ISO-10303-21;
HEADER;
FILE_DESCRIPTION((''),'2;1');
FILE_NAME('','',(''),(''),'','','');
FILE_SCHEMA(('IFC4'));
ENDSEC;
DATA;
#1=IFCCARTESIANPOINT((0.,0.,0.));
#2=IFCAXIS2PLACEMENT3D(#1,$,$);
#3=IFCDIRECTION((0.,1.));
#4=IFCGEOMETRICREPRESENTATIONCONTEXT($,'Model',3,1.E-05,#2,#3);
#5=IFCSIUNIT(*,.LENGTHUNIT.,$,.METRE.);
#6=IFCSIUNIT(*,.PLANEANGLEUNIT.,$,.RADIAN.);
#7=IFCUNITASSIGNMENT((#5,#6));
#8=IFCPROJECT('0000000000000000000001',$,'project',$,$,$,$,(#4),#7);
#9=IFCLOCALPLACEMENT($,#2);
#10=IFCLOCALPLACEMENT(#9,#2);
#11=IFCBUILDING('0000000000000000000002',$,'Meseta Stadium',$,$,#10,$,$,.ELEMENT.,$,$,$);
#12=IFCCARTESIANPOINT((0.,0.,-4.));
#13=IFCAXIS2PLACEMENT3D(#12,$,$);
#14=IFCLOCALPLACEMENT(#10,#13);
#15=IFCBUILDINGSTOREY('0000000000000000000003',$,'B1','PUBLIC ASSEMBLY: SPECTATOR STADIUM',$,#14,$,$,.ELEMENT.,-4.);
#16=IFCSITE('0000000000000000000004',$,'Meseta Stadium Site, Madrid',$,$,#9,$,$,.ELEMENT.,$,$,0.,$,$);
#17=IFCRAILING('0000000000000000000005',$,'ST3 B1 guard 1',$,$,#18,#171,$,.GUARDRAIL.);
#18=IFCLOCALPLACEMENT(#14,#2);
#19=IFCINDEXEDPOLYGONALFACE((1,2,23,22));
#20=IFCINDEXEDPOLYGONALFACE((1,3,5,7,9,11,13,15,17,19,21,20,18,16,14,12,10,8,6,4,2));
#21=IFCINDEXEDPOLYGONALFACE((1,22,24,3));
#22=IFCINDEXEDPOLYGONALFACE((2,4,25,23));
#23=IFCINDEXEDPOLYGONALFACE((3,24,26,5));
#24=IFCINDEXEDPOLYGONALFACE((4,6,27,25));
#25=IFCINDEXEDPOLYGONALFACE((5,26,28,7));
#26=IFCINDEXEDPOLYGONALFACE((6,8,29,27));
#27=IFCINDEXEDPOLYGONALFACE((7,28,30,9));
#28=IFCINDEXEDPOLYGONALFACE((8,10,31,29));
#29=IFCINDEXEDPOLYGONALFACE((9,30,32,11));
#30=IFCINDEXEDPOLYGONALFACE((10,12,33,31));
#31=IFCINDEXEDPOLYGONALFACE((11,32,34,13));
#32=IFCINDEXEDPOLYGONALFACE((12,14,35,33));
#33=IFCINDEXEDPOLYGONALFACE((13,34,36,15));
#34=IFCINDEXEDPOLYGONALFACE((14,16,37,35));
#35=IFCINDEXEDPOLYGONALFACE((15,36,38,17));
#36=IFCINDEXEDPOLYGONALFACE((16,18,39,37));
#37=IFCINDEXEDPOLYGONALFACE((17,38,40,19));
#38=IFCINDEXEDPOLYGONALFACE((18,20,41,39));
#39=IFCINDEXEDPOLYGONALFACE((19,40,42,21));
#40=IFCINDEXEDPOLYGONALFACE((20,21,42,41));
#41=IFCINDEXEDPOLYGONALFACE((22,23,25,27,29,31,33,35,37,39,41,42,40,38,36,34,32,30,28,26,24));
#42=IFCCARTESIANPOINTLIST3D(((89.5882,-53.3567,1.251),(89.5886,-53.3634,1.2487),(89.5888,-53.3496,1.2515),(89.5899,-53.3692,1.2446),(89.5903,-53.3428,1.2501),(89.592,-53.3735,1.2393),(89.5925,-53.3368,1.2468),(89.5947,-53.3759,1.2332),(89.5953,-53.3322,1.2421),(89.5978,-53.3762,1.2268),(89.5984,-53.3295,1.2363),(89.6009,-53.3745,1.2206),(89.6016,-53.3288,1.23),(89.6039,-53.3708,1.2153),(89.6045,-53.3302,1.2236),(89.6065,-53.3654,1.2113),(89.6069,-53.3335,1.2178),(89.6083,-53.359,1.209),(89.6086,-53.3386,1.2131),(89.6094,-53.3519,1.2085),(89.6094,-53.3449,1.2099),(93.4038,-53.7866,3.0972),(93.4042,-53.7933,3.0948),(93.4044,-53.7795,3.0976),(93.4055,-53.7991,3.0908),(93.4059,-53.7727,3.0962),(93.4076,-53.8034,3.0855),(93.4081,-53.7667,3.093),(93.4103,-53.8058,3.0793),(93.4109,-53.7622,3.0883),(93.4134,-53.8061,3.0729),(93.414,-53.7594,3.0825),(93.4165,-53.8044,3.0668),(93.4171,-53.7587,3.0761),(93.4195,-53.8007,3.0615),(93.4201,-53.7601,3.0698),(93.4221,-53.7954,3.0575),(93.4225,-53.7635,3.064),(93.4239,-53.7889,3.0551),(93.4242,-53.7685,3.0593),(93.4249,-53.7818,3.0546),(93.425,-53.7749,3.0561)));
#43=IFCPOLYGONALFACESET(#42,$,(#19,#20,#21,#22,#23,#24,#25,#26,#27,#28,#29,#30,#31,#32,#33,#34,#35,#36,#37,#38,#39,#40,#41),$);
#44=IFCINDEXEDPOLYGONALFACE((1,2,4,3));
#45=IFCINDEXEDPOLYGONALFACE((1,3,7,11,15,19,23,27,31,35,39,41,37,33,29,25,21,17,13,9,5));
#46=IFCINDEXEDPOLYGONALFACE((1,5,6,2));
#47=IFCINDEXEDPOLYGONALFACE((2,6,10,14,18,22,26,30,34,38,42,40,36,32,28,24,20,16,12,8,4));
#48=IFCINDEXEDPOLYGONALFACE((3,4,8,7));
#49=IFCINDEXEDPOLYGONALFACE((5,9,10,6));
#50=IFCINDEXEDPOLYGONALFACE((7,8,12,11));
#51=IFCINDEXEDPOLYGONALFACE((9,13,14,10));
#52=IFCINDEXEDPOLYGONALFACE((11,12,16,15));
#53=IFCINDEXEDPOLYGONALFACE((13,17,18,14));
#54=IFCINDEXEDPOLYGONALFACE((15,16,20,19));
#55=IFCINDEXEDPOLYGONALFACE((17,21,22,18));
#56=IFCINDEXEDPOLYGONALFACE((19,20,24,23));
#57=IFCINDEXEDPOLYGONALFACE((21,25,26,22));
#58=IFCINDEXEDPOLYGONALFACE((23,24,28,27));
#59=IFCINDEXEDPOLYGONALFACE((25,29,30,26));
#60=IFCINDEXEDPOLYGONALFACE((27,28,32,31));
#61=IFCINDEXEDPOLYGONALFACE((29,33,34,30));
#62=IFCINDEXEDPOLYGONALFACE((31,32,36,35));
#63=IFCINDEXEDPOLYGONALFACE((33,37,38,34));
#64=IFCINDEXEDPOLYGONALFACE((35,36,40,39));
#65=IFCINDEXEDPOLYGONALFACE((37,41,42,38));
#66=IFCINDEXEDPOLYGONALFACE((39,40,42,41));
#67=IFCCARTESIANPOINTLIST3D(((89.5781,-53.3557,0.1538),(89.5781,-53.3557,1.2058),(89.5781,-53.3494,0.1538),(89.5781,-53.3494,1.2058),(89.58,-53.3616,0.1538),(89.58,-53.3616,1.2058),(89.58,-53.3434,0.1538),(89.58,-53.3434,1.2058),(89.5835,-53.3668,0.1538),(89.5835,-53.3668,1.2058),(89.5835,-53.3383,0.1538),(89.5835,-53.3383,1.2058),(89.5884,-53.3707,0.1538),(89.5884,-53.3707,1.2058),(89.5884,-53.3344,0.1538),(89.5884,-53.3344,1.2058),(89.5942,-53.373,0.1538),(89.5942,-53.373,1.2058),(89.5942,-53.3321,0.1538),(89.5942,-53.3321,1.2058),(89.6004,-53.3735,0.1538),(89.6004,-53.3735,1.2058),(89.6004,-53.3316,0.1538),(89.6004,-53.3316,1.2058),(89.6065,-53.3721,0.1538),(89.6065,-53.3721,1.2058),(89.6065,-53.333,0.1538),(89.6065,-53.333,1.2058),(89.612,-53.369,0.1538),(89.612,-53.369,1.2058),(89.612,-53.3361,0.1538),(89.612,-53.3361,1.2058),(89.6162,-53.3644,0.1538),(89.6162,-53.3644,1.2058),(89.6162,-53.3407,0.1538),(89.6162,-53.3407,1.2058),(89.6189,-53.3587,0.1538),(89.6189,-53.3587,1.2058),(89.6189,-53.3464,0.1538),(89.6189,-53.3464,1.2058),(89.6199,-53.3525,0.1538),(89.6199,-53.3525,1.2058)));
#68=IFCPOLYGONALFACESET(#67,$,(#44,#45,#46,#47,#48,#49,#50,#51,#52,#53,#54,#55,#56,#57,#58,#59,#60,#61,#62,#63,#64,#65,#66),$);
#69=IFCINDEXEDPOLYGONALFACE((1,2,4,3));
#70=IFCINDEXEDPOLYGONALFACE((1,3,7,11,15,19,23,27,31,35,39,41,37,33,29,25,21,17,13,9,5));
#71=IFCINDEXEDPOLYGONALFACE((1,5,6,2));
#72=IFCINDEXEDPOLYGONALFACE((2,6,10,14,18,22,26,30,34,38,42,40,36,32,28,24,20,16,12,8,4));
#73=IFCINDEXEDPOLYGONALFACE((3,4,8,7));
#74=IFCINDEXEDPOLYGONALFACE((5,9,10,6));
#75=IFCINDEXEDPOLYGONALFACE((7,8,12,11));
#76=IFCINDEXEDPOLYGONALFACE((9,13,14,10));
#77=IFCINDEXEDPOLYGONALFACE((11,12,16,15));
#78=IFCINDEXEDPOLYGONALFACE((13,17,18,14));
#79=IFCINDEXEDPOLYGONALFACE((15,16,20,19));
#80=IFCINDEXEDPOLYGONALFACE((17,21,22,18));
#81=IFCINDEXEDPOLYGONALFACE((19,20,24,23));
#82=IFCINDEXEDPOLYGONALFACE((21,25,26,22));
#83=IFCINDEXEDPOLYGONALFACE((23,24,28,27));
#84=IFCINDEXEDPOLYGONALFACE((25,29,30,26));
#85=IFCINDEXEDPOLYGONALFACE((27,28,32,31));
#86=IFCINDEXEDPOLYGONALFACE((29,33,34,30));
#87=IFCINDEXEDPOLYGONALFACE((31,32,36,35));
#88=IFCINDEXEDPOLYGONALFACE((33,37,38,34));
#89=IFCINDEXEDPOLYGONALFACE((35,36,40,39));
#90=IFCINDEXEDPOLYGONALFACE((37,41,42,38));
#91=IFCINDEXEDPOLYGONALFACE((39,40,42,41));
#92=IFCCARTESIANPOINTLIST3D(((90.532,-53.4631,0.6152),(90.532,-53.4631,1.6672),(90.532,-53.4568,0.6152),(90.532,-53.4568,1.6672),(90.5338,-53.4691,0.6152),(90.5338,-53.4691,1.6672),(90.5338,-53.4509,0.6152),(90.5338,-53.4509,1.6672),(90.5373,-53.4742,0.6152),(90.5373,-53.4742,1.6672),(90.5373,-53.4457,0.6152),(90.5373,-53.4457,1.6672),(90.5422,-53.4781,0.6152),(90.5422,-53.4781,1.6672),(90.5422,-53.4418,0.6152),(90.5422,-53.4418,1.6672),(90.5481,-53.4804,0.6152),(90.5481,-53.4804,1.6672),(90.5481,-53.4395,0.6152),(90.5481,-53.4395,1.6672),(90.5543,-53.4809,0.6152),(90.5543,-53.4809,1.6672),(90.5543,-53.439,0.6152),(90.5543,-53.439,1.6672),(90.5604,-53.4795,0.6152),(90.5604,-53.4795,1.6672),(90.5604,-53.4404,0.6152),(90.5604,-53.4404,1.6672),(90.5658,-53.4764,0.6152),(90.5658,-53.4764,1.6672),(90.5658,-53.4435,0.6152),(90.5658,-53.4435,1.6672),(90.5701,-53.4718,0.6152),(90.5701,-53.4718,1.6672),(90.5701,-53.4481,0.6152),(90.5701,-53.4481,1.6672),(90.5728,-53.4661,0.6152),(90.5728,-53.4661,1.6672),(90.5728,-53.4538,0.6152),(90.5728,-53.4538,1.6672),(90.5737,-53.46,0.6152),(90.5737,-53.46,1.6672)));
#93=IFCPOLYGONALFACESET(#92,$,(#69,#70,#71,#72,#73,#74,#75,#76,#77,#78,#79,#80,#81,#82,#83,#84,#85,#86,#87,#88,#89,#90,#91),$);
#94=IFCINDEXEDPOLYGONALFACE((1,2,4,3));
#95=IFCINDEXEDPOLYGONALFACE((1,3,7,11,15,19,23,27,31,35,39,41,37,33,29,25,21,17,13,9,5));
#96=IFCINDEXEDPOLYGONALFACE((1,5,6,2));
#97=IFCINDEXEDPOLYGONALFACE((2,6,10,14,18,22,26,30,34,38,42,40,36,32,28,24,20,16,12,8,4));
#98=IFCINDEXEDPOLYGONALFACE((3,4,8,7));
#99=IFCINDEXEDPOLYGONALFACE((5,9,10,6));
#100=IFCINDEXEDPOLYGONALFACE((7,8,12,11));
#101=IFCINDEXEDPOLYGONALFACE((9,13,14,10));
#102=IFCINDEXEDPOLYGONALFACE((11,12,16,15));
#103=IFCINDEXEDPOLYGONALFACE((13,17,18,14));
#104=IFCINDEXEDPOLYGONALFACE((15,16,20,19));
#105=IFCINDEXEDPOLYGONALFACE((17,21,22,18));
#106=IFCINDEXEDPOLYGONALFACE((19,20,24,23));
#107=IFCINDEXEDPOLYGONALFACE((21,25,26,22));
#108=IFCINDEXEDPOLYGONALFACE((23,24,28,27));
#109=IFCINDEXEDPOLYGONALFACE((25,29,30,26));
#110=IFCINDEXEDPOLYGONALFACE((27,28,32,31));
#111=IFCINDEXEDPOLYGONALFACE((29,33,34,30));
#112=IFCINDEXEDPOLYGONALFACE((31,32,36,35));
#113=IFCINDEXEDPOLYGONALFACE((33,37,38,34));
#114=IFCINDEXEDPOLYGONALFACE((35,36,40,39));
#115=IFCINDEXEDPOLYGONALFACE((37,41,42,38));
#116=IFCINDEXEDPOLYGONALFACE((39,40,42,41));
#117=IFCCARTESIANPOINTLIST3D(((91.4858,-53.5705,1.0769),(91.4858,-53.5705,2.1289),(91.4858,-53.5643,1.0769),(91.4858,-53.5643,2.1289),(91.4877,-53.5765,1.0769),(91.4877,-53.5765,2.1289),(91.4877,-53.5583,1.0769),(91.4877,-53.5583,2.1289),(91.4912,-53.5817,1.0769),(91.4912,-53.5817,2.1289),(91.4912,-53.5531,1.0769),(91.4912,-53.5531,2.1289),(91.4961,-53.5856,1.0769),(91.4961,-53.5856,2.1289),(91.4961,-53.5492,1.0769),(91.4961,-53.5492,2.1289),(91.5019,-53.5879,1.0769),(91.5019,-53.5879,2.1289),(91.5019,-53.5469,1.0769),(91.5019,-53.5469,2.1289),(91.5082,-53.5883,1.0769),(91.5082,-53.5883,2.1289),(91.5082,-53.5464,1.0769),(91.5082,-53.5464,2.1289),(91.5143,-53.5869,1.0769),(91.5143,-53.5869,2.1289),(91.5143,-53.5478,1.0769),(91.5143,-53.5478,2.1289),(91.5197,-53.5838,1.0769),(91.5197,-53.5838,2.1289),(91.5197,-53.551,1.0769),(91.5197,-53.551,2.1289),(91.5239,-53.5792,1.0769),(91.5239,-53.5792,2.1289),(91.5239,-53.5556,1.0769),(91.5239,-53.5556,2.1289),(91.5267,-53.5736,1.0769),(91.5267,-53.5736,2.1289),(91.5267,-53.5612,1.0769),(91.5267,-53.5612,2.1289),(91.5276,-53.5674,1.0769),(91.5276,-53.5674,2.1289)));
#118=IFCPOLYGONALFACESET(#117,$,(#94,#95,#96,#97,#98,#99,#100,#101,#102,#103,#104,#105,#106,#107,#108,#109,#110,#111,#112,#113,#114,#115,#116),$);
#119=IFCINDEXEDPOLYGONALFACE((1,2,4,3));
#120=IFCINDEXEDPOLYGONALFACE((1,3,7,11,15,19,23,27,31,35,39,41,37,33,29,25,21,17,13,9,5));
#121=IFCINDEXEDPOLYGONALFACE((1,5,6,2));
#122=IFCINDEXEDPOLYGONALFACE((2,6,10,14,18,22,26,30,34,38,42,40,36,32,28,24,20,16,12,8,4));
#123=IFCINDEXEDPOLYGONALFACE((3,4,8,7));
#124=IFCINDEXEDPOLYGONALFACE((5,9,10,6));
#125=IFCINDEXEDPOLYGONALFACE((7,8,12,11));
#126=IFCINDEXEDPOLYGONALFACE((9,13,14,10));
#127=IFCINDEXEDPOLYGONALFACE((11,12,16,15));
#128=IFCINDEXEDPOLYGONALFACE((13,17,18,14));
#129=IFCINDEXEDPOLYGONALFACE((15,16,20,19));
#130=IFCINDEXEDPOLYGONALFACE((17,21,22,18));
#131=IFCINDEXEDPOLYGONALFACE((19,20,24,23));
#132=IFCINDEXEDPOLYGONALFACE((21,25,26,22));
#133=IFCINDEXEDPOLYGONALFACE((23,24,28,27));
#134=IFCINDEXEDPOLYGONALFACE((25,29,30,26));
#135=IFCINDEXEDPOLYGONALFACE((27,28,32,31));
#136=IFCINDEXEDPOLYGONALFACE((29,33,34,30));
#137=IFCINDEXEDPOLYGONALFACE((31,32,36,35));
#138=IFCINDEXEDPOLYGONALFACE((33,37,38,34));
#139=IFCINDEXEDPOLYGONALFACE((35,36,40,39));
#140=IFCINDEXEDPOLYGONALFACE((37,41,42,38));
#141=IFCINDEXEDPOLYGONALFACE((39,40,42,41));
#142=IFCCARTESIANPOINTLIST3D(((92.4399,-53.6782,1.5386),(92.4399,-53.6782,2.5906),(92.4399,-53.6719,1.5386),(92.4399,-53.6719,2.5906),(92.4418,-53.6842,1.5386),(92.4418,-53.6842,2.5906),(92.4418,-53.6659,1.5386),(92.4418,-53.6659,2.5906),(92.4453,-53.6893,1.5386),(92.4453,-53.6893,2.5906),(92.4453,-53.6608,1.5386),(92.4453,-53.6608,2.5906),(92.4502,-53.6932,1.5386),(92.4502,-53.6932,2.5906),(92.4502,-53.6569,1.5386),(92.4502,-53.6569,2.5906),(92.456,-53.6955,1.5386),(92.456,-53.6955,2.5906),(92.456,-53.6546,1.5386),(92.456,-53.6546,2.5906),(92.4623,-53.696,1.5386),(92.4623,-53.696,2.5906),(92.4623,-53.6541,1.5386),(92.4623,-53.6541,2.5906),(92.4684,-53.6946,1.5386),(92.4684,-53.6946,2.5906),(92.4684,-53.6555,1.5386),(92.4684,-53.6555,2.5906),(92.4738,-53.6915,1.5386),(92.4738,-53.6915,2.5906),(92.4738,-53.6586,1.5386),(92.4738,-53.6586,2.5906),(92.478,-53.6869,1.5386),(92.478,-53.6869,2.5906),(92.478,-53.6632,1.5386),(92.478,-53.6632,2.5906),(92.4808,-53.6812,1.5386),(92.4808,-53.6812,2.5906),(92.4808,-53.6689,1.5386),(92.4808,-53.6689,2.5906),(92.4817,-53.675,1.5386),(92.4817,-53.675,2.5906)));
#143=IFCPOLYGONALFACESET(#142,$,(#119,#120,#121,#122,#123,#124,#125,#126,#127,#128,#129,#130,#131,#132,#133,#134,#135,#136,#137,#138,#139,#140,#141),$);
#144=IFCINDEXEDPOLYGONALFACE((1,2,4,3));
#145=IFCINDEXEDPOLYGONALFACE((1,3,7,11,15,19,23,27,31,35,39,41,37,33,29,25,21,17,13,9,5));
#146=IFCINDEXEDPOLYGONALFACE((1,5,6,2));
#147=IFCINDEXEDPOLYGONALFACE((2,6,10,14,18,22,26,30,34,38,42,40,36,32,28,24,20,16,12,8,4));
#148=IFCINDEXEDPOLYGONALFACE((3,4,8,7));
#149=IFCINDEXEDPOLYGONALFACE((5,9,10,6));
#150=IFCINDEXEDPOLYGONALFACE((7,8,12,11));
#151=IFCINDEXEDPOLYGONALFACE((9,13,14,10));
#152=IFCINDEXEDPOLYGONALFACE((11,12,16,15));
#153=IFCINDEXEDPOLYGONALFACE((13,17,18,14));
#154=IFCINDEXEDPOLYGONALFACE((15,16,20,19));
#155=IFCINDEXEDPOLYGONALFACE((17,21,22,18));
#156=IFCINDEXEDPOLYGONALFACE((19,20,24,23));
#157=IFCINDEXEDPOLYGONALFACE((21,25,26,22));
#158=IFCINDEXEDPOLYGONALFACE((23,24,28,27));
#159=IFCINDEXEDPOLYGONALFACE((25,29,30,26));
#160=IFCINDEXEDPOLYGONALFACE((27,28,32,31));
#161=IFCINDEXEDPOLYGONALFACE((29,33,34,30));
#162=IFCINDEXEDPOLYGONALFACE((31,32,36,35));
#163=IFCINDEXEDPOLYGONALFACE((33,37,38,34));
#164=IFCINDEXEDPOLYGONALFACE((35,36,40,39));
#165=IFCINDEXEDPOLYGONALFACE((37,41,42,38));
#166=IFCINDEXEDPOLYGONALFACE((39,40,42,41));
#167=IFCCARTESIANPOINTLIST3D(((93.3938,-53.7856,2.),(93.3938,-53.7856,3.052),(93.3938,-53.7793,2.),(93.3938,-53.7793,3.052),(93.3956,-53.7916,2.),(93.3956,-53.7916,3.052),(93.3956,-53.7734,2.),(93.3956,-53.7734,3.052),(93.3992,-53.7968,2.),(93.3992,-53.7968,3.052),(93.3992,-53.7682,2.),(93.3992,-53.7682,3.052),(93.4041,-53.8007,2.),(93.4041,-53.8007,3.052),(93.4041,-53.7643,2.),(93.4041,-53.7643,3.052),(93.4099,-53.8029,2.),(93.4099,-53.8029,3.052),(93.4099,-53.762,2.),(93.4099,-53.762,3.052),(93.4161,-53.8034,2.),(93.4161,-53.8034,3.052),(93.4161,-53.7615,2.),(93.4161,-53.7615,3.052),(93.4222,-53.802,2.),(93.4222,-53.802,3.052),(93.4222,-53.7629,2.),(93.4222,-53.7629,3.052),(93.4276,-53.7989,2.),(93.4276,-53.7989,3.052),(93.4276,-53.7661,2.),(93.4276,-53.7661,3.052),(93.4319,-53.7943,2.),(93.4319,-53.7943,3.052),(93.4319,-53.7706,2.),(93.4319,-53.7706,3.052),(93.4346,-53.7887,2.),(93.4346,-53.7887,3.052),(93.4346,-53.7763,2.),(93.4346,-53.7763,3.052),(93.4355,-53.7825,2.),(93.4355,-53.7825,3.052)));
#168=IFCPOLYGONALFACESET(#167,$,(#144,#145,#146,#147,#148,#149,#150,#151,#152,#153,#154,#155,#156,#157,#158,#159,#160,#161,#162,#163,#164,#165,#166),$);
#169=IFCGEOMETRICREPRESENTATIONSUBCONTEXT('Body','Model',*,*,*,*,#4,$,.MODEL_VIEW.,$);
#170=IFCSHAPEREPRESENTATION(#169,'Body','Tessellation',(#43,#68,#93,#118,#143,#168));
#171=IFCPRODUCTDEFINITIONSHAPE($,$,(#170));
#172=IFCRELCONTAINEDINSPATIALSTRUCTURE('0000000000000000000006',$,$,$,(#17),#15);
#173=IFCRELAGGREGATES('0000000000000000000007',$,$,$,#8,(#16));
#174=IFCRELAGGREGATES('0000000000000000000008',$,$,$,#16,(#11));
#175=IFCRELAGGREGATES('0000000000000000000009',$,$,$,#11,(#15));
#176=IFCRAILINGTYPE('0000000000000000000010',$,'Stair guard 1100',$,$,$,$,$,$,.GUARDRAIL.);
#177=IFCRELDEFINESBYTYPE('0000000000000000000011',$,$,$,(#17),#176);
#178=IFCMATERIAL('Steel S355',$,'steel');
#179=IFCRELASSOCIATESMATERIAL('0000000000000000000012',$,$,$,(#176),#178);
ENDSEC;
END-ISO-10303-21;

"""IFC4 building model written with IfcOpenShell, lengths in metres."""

from ifc_helpers import new_model, si_unit, direction, frame, origin, origin_2d, place, context, subcontext, project, spatial, circle, extrude, material, type_object, element, save


model = new_model("IFC4")

# Units and contexts
model_context = context("Model", 3, precision=1e-05, world=origin(), true_north=direction((0.0, 1.0)))
body_context = subcontext(model_context, "Body", "Model", "MODEL_VIEW")
ifc_project = project(units=[si_unit("LENGTHUNIT", "METRE"), si_unit("PLANEANGLEUNIT", "RADIAN")], contexts=[model_context])

# Site, building, storey
site_placement = place(None, origin())
site = spatial("IfcSite", under=ifc_project, at=site_placement, Name="Meseta Stadium Site, Madrid", CompositionType="ELEMENT", RefElevation=0.0)
building_placement = place(site_placement, origin())
building = spatial("IfcBuilding", under=site, at=building_placement, Name="Meseta Stadium", CompositionType="ELEMENT")
storey_placement = place(building_placement, frame((0.0, 0.0, -4.0)))
storey = spatial("IfcBuildingStorey", under=building, at=storey_placement, Name="B1", Description="PUBLIC ASSEMBLY: SPECTATOR STADIUM", CompositionType="ELEMENT", Elevation=-4.0)

# Railing
ifc_material_1 = material(Name="Steel S355", Category="steel")
railing_type_1 = type_object("IfcRailingType", Name="Stair guard 1100", PredefinedType="GUARDRAIL", material=ifc_material_1)
railing_1_placement = place(storey_placement, frame((89.5989, -53.3525, 0.1538)))
element("IfcRailing", 1, at=railing_1_placement, inside=storey, type_object=railing_type_1, Name="ST3 B1 guard 1", PredefinedType="GUARDRAIL", context=body_context, shape_type="SweptSolid", body=[
    extrude(circle(Radius=0.0239, at=origin_2d()), frame((0.0, 0.0, 1.0762), z_axis=(0.895574, -0.100909, 0.433318), x_axis=(0.111967, 0.993712, 0.0)), (0.0, 0.0, 1.0), 4.2605),
    extrude(circle(Radius=0.021, at=origin_2d()), origin(), (0.0, 0.0, 1.0), 1.052),
    extrude(circle(Radius=0.021, at=origin_2d()), frame((0.9539, -0.1074, 0.4614)), (0.0, 0.0, 1.0), 1.052),
    extrude(circle(Radius=0.021, at=origin_2d()), frame((1.9077, -0.2148, 0.9231)), (0.0, 0.0, 1.0), 1.052),
    extrude(circle(Radius=0.021, at=origin_2d()), frame((2.8618, -0.3225, 1.3848)), (0.0, 0.0, 1.0), 1.052),
    extrude(circle(Radius=0.021, at=origin_2d()), frame((3.8157, -0.4299, 1.8462)), (0.0, 0.0, 1.0), 1.052),
])

save(model, "model.ifc")
